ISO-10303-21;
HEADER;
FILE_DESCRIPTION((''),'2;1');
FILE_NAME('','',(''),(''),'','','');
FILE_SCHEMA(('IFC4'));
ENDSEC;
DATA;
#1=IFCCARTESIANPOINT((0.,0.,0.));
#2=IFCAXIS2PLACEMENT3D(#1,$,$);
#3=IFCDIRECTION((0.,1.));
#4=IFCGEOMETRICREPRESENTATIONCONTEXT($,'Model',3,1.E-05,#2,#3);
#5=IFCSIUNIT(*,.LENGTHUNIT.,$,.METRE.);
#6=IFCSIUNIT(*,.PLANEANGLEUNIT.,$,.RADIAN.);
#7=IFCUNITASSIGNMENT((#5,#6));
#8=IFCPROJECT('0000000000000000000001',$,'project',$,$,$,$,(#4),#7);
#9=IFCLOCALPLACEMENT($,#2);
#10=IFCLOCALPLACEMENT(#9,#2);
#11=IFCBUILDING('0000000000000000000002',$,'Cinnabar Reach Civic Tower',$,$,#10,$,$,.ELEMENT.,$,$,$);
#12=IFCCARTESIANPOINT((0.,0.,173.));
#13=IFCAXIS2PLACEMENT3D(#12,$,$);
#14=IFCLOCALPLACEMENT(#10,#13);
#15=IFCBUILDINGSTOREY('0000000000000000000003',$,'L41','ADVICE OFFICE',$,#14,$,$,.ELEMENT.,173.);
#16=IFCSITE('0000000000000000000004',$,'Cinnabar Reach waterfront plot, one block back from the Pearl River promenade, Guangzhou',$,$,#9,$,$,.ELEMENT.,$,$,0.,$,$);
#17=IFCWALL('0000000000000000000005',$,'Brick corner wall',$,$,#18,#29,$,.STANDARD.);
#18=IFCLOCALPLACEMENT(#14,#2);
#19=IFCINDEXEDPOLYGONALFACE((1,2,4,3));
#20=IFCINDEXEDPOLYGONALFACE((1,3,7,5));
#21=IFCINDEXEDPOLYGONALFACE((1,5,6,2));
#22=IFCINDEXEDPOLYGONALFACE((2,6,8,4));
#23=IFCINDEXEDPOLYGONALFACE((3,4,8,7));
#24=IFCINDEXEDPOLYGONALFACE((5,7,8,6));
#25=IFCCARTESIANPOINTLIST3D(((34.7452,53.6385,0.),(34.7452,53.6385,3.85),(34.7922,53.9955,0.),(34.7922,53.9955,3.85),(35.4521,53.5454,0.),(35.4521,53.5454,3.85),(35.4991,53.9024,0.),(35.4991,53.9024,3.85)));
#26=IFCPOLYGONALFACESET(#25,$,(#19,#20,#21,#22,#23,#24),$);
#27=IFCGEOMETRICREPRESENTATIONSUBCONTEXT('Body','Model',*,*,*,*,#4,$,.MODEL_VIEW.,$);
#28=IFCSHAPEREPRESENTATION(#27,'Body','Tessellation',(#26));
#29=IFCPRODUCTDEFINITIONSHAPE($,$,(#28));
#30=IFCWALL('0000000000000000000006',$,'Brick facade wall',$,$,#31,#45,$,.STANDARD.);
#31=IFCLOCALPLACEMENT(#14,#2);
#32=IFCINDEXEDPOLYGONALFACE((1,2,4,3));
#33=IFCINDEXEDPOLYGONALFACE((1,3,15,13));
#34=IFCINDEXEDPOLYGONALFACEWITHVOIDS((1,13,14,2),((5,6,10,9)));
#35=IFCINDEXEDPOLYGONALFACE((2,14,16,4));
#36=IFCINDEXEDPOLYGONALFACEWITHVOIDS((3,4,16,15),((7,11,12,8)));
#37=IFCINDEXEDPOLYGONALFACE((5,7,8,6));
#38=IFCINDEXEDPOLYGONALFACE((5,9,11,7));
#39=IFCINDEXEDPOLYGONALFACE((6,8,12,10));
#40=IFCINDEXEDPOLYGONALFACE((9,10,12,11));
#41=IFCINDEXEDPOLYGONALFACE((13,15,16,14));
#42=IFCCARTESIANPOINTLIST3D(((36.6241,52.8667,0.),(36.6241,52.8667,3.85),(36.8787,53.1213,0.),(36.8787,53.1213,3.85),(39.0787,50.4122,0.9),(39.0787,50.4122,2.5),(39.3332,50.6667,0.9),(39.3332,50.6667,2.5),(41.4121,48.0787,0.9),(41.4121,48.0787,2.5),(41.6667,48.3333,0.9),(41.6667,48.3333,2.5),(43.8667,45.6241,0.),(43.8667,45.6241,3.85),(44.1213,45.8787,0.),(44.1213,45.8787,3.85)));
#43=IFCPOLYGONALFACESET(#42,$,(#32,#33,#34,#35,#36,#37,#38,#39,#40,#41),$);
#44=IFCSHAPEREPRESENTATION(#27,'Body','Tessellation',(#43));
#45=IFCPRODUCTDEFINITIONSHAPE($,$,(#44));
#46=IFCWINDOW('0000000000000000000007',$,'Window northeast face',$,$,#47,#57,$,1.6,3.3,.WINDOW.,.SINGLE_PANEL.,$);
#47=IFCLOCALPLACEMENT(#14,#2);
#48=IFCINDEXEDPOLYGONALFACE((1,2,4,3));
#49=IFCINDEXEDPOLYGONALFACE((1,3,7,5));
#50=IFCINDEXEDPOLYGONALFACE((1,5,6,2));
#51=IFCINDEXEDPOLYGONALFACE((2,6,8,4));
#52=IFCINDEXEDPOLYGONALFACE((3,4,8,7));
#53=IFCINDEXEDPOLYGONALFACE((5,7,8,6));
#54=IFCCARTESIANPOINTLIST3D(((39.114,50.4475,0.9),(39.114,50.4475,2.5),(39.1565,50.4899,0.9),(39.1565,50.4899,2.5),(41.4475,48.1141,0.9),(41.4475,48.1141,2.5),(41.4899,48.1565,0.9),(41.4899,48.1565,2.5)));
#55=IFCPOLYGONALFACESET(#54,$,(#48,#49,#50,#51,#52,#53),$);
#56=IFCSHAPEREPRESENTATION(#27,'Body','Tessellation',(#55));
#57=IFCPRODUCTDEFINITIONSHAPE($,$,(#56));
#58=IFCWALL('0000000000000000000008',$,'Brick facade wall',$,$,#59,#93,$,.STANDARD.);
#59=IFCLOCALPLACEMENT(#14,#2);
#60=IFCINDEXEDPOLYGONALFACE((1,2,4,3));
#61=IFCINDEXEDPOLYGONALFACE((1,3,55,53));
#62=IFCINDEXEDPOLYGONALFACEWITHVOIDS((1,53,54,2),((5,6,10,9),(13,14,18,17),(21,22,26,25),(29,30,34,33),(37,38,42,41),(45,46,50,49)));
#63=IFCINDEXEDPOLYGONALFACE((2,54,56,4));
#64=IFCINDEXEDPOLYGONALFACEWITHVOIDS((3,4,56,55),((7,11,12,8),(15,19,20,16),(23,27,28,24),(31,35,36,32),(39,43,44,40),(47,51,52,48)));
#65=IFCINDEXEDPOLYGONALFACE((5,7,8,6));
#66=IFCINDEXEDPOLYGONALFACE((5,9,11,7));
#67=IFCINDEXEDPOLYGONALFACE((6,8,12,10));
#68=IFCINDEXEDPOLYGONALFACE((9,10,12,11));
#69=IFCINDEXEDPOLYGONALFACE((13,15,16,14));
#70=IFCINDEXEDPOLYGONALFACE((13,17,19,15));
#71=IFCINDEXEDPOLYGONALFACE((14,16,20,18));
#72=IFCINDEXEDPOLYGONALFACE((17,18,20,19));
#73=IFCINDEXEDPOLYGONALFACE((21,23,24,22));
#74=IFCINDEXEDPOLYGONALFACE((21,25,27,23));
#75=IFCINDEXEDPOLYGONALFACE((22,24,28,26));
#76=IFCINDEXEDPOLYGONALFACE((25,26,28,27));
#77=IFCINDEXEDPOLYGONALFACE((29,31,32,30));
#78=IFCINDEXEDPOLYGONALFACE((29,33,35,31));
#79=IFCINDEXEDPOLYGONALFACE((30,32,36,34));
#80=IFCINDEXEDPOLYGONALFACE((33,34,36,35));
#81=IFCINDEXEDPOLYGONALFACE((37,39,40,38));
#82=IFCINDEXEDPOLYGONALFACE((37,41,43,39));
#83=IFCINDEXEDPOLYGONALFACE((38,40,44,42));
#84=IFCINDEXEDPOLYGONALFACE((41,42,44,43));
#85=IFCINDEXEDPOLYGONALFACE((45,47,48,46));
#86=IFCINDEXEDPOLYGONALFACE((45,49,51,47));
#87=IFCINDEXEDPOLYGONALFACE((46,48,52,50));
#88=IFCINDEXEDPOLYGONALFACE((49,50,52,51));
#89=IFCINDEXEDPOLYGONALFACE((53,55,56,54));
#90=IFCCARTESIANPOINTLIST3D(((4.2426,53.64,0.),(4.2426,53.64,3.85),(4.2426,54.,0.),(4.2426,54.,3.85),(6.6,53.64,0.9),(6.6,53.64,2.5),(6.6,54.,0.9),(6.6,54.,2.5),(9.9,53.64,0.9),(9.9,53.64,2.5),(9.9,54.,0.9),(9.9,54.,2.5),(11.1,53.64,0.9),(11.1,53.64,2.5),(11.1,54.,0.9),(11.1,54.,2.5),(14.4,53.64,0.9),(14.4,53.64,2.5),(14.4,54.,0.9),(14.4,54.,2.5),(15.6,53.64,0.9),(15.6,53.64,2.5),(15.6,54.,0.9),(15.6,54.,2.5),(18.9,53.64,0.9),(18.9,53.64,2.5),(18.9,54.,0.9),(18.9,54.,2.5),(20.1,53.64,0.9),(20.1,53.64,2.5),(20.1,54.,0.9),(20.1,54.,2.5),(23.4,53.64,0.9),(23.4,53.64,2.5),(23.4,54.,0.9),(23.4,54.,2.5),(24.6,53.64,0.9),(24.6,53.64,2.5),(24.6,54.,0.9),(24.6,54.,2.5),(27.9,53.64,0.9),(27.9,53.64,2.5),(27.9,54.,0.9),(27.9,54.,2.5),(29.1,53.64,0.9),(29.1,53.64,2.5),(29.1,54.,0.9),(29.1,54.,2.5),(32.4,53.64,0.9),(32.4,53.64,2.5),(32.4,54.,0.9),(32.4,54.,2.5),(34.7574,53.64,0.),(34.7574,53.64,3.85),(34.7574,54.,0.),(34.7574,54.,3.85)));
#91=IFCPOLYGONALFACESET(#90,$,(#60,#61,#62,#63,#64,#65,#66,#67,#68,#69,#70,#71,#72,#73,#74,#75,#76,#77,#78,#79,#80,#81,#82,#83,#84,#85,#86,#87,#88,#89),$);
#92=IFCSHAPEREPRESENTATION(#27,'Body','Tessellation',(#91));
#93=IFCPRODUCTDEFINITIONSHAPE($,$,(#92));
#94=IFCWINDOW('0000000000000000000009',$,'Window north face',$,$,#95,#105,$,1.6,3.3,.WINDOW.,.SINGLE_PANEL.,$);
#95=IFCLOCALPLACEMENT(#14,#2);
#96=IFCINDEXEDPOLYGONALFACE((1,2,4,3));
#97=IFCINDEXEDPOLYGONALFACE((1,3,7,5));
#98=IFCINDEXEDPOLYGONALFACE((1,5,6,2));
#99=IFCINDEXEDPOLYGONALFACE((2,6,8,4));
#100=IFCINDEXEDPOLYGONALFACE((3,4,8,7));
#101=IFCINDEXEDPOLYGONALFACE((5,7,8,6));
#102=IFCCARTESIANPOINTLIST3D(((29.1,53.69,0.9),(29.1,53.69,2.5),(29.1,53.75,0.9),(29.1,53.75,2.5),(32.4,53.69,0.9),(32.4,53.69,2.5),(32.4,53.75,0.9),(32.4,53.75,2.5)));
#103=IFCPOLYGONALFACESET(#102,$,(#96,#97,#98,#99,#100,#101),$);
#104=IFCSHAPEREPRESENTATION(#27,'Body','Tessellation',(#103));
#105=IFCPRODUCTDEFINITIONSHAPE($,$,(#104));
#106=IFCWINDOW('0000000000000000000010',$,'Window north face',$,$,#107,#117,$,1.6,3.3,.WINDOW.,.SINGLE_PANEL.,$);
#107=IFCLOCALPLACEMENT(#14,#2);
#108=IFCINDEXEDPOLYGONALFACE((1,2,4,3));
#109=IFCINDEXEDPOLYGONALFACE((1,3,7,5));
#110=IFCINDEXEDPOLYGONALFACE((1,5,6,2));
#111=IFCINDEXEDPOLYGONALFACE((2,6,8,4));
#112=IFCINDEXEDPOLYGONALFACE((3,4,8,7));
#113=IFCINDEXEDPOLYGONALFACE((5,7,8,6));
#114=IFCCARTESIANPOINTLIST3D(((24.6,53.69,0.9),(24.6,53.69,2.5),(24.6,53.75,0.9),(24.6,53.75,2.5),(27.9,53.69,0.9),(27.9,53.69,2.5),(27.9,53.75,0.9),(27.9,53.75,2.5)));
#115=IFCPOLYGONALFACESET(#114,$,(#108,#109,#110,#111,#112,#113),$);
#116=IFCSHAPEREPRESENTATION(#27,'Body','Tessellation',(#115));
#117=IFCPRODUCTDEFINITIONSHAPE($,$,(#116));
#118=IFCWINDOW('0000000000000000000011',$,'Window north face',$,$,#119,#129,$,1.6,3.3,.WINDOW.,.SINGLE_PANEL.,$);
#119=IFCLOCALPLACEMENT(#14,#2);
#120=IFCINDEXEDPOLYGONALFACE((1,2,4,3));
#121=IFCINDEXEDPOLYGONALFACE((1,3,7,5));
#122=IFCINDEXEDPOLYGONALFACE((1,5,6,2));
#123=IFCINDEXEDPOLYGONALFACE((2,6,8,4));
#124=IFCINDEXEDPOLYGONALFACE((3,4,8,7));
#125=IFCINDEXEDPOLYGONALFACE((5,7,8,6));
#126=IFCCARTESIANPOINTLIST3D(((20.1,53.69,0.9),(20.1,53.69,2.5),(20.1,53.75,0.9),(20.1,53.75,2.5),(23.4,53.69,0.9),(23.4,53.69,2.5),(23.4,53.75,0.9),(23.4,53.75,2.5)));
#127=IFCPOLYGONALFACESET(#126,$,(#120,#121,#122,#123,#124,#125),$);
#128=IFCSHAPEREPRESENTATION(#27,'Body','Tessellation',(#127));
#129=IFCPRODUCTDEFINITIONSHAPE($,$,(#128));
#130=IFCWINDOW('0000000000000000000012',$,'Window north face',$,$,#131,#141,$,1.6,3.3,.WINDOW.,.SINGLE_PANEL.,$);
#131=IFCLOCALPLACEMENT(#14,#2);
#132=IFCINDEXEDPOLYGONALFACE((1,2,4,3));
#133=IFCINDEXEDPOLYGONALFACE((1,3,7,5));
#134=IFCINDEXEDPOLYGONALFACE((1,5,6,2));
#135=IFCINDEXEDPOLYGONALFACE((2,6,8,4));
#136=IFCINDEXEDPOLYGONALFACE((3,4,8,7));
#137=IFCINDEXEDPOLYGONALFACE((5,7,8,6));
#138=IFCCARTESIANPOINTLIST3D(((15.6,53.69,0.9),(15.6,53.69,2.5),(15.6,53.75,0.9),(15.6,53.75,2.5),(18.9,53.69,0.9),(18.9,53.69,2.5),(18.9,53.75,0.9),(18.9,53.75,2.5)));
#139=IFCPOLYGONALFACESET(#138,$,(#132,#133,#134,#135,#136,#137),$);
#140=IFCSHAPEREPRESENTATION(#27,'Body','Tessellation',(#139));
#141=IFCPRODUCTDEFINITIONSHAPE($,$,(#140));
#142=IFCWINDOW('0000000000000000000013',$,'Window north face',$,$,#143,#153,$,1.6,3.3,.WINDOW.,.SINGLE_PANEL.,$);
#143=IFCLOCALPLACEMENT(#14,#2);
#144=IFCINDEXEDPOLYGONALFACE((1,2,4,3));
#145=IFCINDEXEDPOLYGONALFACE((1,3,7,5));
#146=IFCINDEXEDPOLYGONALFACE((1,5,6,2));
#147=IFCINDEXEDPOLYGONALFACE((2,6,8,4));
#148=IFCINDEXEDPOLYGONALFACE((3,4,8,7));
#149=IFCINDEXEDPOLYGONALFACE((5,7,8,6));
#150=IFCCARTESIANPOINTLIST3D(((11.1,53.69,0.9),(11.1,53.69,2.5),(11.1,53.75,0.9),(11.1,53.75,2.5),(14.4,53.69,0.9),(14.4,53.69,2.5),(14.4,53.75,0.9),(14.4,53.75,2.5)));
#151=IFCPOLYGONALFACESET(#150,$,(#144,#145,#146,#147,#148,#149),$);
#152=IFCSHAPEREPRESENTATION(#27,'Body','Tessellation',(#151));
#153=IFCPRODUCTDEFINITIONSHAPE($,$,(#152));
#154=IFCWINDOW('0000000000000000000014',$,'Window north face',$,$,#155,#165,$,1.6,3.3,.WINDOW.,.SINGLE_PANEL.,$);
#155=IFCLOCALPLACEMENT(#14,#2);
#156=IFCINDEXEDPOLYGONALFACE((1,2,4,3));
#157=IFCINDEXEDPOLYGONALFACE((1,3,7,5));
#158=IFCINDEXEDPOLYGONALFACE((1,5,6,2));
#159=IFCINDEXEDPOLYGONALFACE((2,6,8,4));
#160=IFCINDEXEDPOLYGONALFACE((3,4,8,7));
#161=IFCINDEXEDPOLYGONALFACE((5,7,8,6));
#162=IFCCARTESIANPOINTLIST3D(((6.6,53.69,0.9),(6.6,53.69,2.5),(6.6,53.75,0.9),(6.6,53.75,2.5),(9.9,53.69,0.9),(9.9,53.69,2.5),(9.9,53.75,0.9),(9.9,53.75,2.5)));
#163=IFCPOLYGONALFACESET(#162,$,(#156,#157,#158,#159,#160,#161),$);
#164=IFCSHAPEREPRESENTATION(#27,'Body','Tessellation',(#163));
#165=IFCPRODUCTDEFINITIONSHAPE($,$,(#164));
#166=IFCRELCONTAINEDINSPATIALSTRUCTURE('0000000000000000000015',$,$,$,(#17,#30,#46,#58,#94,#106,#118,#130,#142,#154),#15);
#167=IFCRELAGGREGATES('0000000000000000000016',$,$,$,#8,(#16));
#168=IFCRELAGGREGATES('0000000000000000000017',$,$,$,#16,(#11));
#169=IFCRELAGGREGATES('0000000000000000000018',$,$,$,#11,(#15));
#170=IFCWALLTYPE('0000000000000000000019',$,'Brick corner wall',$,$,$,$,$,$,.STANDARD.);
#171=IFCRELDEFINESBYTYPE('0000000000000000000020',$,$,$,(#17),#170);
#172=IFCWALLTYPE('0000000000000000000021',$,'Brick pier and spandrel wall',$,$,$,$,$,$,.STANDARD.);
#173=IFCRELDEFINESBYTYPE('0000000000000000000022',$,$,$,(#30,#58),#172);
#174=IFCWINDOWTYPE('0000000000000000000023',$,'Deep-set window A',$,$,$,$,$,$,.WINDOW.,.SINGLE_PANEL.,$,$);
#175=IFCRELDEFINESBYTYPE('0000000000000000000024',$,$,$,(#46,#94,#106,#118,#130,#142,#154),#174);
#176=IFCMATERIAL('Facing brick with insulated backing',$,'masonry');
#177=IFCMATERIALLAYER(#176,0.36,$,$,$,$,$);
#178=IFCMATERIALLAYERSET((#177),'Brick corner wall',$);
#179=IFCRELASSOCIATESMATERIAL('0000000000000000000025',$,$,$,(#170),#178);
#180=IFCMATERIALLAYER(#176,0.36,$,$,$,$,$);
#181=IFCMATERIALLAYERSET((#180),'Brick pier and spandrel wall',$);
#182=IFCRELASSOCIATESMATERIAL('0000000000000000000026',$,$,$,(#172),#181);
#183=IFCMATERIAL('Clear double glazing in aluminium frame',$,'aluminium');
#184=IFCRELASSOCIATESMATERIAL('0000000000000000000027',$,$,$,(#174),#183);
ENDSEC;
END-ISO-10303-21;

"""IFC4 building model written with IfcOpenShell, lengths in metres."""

from ifc_helpers import new_model, si_unit, direction, frame, frame_2d, origin, place, context, subcontext, project, spatial, rectangle, extrude, material, layer, layer_set, type_object, element, fill, save


model = new_model("IFC4")

# Units and contexts
model_context = context("Model", 3, precision=1e-05, world=origin(), true_north=direction((0.0, 1.0)))
body_context = subcontext(model_context, "Body", "Model", "MODEL_VIEW")
ifc_project = project(units=[si_unit("LENGTHUNIT", "METRE"), si_unit("PLANEANGLEUNIT", "RADIAN")], contexts=[model_context])

# Site, building, storey
site_placement = place(None, origin())
site = spatial("IfcSite", under=ifc_project, at=site_placement, Name="Cinnabar Reach waterfront plot, one block back from the Pearl River promenade, Guangzhou", CompositionType="ELEMENT", RefElevation=0.0)
building_placement = place(site_placement, origin())
building = spatial("IfcBuilding", under=site, at=building_placement, Name="Cinnabar Reach Civic Tower", CompositionType="ELEMENT")
storey_placement = place(building_placement, frame((0.0, 0.0, 173.0)))
storey = spatial("IfcBuildingStorey", under=building, at=storey_placement, Name="L41", Description="ADVICE OFFICE", CompositionType="ELEMENT", Elevation=173.0)

# Wall
ifc_material_1 = material(Name="Facing brick with insulated backing", Category="masonry")
ifc_layer_1 = layer(ifc_material_1, 0.36)
ifc_layer_set_1 = layer_set([ifc_layer_1], Name="Brick corner wall")
wall_type_1 = type_object("IfcWallType", Name="Brick corner wall", PredefinedType="STANDARD", material=ifc_layer_set_1)
for number, where, z_axis, x_axis, name in (
    (1, (35.4756, 53.7239, 0.0), (0.0, 0.0, 1.0), (-0.991441, 0.130556, 0.0), "Brick corner wall"),
):
    element("IfcWall", number, at=place(storey_placement, frame(where, z_axis=z_axis, x_axis=x_axis)), inside=storey, type_object=wall_type_1, Name=name, PredefinedType="STANDARD", context=body_context, shape_type="SweptSolid", body=[
        extrude(rectangle(XDim=0.7131, YDim=0.36, at=frame_2d((0.3565, 0.0))), origin(), (0.0, 0.0, 1.0), 3.85),
    ])

# Wall, opening, window
ifc_layer_2 = layer(ifc_material_1, 0.36)
ifc_layer_set_2 = layer_set([ifc_layer_2], Name="Brick pier and spandrel wall")
wall_type_2 = type_object("IfcWallType", Name="Brick pier and spandrel wall", PredefinedType="STANDARD", material=ifc_layer_set_2)
wall_1_placement = place(storey_placement, frame((43.994, 45.7514, 0.0), z_axis=(0.0, 0.0, 1.0), x_axis=(-0.707107, 0.707107, 0.0)))
wall_1 = element("IfcWall", 2, at=wall_1_placement, inside=storey, type_object=wall_type_2, Name="Brick facade wall", PredefinedType="STANDARD", context=body_context, shape_type="SweptSolid", body=[
    extrude(rectangle(XDim=10.2426, YDim=0.36, at=frame_2d((5.1213, 0.0))), origin(), (0.0, 0.0, 1.0), 3.85),
])
opening_1_placement = place(wall_1_placement, frame((3.4713, 0.0, 0.9)))
opening_1 = element("IfcOpeningElement", 3, at=opening_1_placement, cuts=wall_1, PredefinedType="OPENING", context=body_context, shape_type="SweptSolid", body=[
    extrude(rectangle(XDim=3.3, YDim=1.6, at=frame_2d((1.65, 0.8))), frame((0.0, 0.19, 0.0), z_axis=(0.0, -1.0, 0.0), x_axis=(1.0, 0.0, 0.0)), (0.0, 0.0, 1.0), 0.38),
])
ifc_material_2 = material(Name="Clear double glazing in aluminium frame", Category="aluminium")
window_type = type_object("IfcWindowType", Name="Deep-set window A", PartitioningType="SINGLE_PANEL", PredefinedType="WINDOW", material=ifc_material_2)
window_1_placement = place(opening_1_placement, origin())
window_1 = element("IfcWindow", 4, at=window_1_placement, inside=storey, type_object=window_type, Name="Window northeast face", OverallHeight=1.6, OverallWidth=3.3, PartitioningType="SINGLE_PANEL", PredefinedType="WINDOW", context=body_context, shape_type="SweptSolid", body=[
    extrude(rectangle(XDim=3.3, YDim=1.6, at=frame_2d((1.65, 0.8))), frame((0.0, 0.13, 0.0), z_axis=(0.0, -1.0, 0.0), x_axis=(1.0, 0.0, 0.0)), (0.0, 0.0, 1.0), 0.06),
])
fill(opening_1, window_1)

# Wall, openings, windows
wall_2_placement = place(storey_placement, frame((34.7574, 53.82, 0.0), z_axis=(0.0, 0.0, 1.0), x_axis=(-1.0, 0.0, 0.0)))
wall_2 = element("IfcWall", 5, at=wall_2_placement, inside=storey, type_object=wall_type_2, Name="Brick facade wall", PredefinedType="STANDARD", context=body_context, shape_type="SweptSolid", body=[
    extrude(rectangle(XDim=30.5148, YDim=0.36, at=frame_2d((15.2574, 0.0))), origin(), (0.0, 0.0, 1.0), 3.85),
])
opening_2_placement = place(wall_2_placement, frame((2.3574, 0.0, 0.9)))
opening_2 = element("IfcOpeningElement", 6, at=opening_2_placement, cuts=wall_2, PredefinedType="OPENING", context=body_context, shape_type="SweptSolid", body=[
    extrude(rectangle(XDim=3.3, YDim=1.6, at=frame_2d((1.65, 0.8))), frame((0.0, 0.19, 0.0), z_axis=(0.0, -1.0, 0.0), x_axis=(1.0, 0.0, 0.0)), (0.0, 0.0, 1.0), 0.38),
])
opening_3_placement = place(wall_2_placement, frame((6.8574, 0.0, 0.9)))
opening_3 = element("IfcOpeningElement", 7, at=opening_3_placement, cuts=wall_2, PredefinedType="OPENING", context=body_context, shape_type="SweptSolid", body=[
    extrude(rectangle(XDim=3.3, YDim=1.6, at=frame_2d((1.65, 0.8))), frame((0.0, 0.19, 0.0), z_axis=(0.0, -1.0, 0.0), x_axis=(1.0, 0.0, 0.0)), (0.0, 0.0, 1.0), 0.38),
])
opening_4_placement = place(wall_2_placement, frame((11.3574, 0.0, 0.9)))
opening_4 = element("IfcOpeningElement", 8, at=opening_4_placement, cuts=wall_2, PredefinedType="OPENING", context=body_context, shape_type="SweptSolid", body=[
    extrude(rectangle(XDim=3.3, YDim=1.6, at=frame_2d((1.65, 0.8))), frame((0.0, 0.19, 0.0), z_axis=(0.0, -1.0, 0.0), x_axis=(1.0, 0.0, 0.0)), (0.0, 0.0, 1.0), 0.38),
])
opening_5_placement = place(wall_2_placement, frame((15.8574, 0.0, 0.9)))
opening_5 = element("IfcOpeningElement", 9, at=opening_5_placement, cuts=wall_2, PredefinedType="OPENING", context=body_context, shape_type="SweptSolid", body=[
    extrude(rectangle(XDim=3.3, YDim=1.6, at=frame_2d((1.65, 0.8))), frame((0.0, 0.19, 0.0), z_axis=(0.0, -1.0, 0.0), x_axis=(1.0, 0.0, 0.0)), (0.0, 0.0, 1.0), 0.38),
])
opening_6_placement = place(wall_2_placement, frame((20.3574, 0.0, 0.9)))
opening_6 = element("IfcOpeningElement", 10, at=opening_6_placement, cuts=wall_2, PredefinedType="OPENING", context=body_context, shape_type="SweptSolid", body=[
    extrude(rectangle(XDim=3.3, YDim=1.6, at=frame_2d((1.65, 0.8))), frame((0.0, 0.19, 0.0), z_axis=(0.0, -1.0, 0.0), x_axis=(1.0, 0.0, 0.0)), (0.0, 0.0, 1.0), 0.38),
])
opening_7_placement = place(wall_2_placement, frame((24.8574, 0.0, 0.9)))
opening_7 = element("IfcOpeningElement", 11, at=opening_7_placement, cuts=wall_2, PredefinedType="OPENING", context=body_context, shape_type="SweptSolid", body=[
    extrude(rectangle(XDim=3.3, YDim=1.6, at=frame_2d((1.65, 0.8))), frame((0.0, 0.19, 0.0), z_axis=(0.0, -1.0, 0.0), x_axis=(1.0, 0.0, 0.0)), (0.0, 0.0, 1.0), 0.38),
])
window_2_placement = place(opening_2_placement, origin())
window_2 = element("IfcWindow", 12, at=window_2_placement, inside=storey, type_object=window_type, Name="Window north face", OverallHeight=1.6, OverallWidth=3.3, PartitioningType="SINGLE_PANEL", PredefinedType="WINDOW", context=body_context, shape_type="SweptSolid", body=[
    extrude(rectangle(XDim=3.3, YDim=1.6, at=frame_2d((1.65, 0.8))), frame((0.0, 0.13, 0.0), z_axis=(0.0, -1.0, 0.0), x_axis=(1.0, 0.0, 0.0)), (0.0, 0.0, 1.0), 0.06),
])
fill(opening_2, window_2)
window_3_placement = place(opening_3_placement, origin())
window_3 = element("IfcWindow", 13, at=window_3_placement, inside=storey, type_object=window_type, Name="Window north face", OverallHeight=1.6, OverallWidth=3.3, PartitioningType="SINGLE_PANEL", PredefinedType="WINDOW", context=body_context, shape_type="SweptSolid", body=[
    extrude(rectangle(XDim=3.3, YDim=1.6, at=frame_2d((1.65, 0.8))), frame((0.0, 0.13, 0.0), z_axis=(0.0, -1.0, 0.0), x_axis=(1.0, 0.0, 0.0)), (0.0, 0.0, 1.0), 0.06),
])
fill(opening_3, window_3)
window_4_placement = place(opening_4_placement, origin())
window_4 = element("IfcWindow", 14, at=window_4_placement, inside=storey, type_object=window_type, Name="Window north face", OverallHeight=1.6, OverallWidth=3.3, PartitioningType="SINGLE_PANEL", PredefinedType="WINDOW", context=body_context, shape_type="SweptSolid", body=[
    extrude(rectangle(XDim=3.3, YDim=1.6, at=frame_2d((1.65, 0.8))), frame((0.0, 0.13, 0.0), z_axis=(0.0, -1.0, 0.0), x_axis=(1.0, 0.0, 0.0)), (0.0, 0.0, 1.0), 0.06),
])
fill(opening_4, window_4)
window_5_placement = place(opening_5_placement, origin())
window_5 = element("IfcWindow", 15, at=window_5_placement, inside=storey, type_object=window_type, Name="Window north face", OverallHeight=1.6, OverallWidth=3.3, PartitioningType="SINGLE_PANEL", PredefinedType="WINDOW", context=body_context, shape_type="SweptSolid", body=[
    extrude(rectangle(XDim=3.3, YDim=1.6, at=frame_2d((1.65, 0.8))), frame((0.0, 0.13, 0.0), z_axis=(0.0, -1.0, 0.0), x_axis=(1.0, 0.0, 0.0)), (0.0, 0.0, 1.0), 0.06),
])
fill(opening_5, window_5)
window_6_placement = place(opening_6_placement, origin())
window_6 = element("IfcWindow", 16, at=window_6_placement, inside=storey, type_object=window_type, Name="Window north face", OverallHeight=1.6, OverallWidth=3.3, PartitioningType="SINGLE_PANEL", PredefinedType="WINDOW", context=body_context, shape_type="SweptSolid", body=[
    extrude(rectangle(XDim=3.3, YDim=1.6, at=frame_2d((1.65, 0.8))), frame((0.0, 0.13, 0.0), z_axis=(0.0, -1.0, 0.0), x_axis=(1.0, 0.0, 0.0)), (0.0, 0.0, 1.0), 0.06),
])
fill(opening_6, window_6)
window_7_placement = place(opening_7_placement, origin())
window_7 = element("IfcWindow", 17, at=window_7_placement, inside=storey, type_object=window_type, Name="Window north face", OverallHeight=1.6, OverallWidth=3.3, PartitioningType="SINGLE_PANEL", PredefinedType="WINDOW", context=body_context, shape_type="SweptSolid", body=[
    extrude(rectangle(XDim=3.3, YDim=1.6, at=frame_2d((1.65, 0.8))), frame((0.0, 0.13, 0.0), z_axis=(0.0, -1.0, 0.0), x_axis=(1.0, 0.0, 0.0)), (0.0, 0.0, 1.0), 0.06),
])
fill(opening_7, window_7)

save(model, "model.ifc")
